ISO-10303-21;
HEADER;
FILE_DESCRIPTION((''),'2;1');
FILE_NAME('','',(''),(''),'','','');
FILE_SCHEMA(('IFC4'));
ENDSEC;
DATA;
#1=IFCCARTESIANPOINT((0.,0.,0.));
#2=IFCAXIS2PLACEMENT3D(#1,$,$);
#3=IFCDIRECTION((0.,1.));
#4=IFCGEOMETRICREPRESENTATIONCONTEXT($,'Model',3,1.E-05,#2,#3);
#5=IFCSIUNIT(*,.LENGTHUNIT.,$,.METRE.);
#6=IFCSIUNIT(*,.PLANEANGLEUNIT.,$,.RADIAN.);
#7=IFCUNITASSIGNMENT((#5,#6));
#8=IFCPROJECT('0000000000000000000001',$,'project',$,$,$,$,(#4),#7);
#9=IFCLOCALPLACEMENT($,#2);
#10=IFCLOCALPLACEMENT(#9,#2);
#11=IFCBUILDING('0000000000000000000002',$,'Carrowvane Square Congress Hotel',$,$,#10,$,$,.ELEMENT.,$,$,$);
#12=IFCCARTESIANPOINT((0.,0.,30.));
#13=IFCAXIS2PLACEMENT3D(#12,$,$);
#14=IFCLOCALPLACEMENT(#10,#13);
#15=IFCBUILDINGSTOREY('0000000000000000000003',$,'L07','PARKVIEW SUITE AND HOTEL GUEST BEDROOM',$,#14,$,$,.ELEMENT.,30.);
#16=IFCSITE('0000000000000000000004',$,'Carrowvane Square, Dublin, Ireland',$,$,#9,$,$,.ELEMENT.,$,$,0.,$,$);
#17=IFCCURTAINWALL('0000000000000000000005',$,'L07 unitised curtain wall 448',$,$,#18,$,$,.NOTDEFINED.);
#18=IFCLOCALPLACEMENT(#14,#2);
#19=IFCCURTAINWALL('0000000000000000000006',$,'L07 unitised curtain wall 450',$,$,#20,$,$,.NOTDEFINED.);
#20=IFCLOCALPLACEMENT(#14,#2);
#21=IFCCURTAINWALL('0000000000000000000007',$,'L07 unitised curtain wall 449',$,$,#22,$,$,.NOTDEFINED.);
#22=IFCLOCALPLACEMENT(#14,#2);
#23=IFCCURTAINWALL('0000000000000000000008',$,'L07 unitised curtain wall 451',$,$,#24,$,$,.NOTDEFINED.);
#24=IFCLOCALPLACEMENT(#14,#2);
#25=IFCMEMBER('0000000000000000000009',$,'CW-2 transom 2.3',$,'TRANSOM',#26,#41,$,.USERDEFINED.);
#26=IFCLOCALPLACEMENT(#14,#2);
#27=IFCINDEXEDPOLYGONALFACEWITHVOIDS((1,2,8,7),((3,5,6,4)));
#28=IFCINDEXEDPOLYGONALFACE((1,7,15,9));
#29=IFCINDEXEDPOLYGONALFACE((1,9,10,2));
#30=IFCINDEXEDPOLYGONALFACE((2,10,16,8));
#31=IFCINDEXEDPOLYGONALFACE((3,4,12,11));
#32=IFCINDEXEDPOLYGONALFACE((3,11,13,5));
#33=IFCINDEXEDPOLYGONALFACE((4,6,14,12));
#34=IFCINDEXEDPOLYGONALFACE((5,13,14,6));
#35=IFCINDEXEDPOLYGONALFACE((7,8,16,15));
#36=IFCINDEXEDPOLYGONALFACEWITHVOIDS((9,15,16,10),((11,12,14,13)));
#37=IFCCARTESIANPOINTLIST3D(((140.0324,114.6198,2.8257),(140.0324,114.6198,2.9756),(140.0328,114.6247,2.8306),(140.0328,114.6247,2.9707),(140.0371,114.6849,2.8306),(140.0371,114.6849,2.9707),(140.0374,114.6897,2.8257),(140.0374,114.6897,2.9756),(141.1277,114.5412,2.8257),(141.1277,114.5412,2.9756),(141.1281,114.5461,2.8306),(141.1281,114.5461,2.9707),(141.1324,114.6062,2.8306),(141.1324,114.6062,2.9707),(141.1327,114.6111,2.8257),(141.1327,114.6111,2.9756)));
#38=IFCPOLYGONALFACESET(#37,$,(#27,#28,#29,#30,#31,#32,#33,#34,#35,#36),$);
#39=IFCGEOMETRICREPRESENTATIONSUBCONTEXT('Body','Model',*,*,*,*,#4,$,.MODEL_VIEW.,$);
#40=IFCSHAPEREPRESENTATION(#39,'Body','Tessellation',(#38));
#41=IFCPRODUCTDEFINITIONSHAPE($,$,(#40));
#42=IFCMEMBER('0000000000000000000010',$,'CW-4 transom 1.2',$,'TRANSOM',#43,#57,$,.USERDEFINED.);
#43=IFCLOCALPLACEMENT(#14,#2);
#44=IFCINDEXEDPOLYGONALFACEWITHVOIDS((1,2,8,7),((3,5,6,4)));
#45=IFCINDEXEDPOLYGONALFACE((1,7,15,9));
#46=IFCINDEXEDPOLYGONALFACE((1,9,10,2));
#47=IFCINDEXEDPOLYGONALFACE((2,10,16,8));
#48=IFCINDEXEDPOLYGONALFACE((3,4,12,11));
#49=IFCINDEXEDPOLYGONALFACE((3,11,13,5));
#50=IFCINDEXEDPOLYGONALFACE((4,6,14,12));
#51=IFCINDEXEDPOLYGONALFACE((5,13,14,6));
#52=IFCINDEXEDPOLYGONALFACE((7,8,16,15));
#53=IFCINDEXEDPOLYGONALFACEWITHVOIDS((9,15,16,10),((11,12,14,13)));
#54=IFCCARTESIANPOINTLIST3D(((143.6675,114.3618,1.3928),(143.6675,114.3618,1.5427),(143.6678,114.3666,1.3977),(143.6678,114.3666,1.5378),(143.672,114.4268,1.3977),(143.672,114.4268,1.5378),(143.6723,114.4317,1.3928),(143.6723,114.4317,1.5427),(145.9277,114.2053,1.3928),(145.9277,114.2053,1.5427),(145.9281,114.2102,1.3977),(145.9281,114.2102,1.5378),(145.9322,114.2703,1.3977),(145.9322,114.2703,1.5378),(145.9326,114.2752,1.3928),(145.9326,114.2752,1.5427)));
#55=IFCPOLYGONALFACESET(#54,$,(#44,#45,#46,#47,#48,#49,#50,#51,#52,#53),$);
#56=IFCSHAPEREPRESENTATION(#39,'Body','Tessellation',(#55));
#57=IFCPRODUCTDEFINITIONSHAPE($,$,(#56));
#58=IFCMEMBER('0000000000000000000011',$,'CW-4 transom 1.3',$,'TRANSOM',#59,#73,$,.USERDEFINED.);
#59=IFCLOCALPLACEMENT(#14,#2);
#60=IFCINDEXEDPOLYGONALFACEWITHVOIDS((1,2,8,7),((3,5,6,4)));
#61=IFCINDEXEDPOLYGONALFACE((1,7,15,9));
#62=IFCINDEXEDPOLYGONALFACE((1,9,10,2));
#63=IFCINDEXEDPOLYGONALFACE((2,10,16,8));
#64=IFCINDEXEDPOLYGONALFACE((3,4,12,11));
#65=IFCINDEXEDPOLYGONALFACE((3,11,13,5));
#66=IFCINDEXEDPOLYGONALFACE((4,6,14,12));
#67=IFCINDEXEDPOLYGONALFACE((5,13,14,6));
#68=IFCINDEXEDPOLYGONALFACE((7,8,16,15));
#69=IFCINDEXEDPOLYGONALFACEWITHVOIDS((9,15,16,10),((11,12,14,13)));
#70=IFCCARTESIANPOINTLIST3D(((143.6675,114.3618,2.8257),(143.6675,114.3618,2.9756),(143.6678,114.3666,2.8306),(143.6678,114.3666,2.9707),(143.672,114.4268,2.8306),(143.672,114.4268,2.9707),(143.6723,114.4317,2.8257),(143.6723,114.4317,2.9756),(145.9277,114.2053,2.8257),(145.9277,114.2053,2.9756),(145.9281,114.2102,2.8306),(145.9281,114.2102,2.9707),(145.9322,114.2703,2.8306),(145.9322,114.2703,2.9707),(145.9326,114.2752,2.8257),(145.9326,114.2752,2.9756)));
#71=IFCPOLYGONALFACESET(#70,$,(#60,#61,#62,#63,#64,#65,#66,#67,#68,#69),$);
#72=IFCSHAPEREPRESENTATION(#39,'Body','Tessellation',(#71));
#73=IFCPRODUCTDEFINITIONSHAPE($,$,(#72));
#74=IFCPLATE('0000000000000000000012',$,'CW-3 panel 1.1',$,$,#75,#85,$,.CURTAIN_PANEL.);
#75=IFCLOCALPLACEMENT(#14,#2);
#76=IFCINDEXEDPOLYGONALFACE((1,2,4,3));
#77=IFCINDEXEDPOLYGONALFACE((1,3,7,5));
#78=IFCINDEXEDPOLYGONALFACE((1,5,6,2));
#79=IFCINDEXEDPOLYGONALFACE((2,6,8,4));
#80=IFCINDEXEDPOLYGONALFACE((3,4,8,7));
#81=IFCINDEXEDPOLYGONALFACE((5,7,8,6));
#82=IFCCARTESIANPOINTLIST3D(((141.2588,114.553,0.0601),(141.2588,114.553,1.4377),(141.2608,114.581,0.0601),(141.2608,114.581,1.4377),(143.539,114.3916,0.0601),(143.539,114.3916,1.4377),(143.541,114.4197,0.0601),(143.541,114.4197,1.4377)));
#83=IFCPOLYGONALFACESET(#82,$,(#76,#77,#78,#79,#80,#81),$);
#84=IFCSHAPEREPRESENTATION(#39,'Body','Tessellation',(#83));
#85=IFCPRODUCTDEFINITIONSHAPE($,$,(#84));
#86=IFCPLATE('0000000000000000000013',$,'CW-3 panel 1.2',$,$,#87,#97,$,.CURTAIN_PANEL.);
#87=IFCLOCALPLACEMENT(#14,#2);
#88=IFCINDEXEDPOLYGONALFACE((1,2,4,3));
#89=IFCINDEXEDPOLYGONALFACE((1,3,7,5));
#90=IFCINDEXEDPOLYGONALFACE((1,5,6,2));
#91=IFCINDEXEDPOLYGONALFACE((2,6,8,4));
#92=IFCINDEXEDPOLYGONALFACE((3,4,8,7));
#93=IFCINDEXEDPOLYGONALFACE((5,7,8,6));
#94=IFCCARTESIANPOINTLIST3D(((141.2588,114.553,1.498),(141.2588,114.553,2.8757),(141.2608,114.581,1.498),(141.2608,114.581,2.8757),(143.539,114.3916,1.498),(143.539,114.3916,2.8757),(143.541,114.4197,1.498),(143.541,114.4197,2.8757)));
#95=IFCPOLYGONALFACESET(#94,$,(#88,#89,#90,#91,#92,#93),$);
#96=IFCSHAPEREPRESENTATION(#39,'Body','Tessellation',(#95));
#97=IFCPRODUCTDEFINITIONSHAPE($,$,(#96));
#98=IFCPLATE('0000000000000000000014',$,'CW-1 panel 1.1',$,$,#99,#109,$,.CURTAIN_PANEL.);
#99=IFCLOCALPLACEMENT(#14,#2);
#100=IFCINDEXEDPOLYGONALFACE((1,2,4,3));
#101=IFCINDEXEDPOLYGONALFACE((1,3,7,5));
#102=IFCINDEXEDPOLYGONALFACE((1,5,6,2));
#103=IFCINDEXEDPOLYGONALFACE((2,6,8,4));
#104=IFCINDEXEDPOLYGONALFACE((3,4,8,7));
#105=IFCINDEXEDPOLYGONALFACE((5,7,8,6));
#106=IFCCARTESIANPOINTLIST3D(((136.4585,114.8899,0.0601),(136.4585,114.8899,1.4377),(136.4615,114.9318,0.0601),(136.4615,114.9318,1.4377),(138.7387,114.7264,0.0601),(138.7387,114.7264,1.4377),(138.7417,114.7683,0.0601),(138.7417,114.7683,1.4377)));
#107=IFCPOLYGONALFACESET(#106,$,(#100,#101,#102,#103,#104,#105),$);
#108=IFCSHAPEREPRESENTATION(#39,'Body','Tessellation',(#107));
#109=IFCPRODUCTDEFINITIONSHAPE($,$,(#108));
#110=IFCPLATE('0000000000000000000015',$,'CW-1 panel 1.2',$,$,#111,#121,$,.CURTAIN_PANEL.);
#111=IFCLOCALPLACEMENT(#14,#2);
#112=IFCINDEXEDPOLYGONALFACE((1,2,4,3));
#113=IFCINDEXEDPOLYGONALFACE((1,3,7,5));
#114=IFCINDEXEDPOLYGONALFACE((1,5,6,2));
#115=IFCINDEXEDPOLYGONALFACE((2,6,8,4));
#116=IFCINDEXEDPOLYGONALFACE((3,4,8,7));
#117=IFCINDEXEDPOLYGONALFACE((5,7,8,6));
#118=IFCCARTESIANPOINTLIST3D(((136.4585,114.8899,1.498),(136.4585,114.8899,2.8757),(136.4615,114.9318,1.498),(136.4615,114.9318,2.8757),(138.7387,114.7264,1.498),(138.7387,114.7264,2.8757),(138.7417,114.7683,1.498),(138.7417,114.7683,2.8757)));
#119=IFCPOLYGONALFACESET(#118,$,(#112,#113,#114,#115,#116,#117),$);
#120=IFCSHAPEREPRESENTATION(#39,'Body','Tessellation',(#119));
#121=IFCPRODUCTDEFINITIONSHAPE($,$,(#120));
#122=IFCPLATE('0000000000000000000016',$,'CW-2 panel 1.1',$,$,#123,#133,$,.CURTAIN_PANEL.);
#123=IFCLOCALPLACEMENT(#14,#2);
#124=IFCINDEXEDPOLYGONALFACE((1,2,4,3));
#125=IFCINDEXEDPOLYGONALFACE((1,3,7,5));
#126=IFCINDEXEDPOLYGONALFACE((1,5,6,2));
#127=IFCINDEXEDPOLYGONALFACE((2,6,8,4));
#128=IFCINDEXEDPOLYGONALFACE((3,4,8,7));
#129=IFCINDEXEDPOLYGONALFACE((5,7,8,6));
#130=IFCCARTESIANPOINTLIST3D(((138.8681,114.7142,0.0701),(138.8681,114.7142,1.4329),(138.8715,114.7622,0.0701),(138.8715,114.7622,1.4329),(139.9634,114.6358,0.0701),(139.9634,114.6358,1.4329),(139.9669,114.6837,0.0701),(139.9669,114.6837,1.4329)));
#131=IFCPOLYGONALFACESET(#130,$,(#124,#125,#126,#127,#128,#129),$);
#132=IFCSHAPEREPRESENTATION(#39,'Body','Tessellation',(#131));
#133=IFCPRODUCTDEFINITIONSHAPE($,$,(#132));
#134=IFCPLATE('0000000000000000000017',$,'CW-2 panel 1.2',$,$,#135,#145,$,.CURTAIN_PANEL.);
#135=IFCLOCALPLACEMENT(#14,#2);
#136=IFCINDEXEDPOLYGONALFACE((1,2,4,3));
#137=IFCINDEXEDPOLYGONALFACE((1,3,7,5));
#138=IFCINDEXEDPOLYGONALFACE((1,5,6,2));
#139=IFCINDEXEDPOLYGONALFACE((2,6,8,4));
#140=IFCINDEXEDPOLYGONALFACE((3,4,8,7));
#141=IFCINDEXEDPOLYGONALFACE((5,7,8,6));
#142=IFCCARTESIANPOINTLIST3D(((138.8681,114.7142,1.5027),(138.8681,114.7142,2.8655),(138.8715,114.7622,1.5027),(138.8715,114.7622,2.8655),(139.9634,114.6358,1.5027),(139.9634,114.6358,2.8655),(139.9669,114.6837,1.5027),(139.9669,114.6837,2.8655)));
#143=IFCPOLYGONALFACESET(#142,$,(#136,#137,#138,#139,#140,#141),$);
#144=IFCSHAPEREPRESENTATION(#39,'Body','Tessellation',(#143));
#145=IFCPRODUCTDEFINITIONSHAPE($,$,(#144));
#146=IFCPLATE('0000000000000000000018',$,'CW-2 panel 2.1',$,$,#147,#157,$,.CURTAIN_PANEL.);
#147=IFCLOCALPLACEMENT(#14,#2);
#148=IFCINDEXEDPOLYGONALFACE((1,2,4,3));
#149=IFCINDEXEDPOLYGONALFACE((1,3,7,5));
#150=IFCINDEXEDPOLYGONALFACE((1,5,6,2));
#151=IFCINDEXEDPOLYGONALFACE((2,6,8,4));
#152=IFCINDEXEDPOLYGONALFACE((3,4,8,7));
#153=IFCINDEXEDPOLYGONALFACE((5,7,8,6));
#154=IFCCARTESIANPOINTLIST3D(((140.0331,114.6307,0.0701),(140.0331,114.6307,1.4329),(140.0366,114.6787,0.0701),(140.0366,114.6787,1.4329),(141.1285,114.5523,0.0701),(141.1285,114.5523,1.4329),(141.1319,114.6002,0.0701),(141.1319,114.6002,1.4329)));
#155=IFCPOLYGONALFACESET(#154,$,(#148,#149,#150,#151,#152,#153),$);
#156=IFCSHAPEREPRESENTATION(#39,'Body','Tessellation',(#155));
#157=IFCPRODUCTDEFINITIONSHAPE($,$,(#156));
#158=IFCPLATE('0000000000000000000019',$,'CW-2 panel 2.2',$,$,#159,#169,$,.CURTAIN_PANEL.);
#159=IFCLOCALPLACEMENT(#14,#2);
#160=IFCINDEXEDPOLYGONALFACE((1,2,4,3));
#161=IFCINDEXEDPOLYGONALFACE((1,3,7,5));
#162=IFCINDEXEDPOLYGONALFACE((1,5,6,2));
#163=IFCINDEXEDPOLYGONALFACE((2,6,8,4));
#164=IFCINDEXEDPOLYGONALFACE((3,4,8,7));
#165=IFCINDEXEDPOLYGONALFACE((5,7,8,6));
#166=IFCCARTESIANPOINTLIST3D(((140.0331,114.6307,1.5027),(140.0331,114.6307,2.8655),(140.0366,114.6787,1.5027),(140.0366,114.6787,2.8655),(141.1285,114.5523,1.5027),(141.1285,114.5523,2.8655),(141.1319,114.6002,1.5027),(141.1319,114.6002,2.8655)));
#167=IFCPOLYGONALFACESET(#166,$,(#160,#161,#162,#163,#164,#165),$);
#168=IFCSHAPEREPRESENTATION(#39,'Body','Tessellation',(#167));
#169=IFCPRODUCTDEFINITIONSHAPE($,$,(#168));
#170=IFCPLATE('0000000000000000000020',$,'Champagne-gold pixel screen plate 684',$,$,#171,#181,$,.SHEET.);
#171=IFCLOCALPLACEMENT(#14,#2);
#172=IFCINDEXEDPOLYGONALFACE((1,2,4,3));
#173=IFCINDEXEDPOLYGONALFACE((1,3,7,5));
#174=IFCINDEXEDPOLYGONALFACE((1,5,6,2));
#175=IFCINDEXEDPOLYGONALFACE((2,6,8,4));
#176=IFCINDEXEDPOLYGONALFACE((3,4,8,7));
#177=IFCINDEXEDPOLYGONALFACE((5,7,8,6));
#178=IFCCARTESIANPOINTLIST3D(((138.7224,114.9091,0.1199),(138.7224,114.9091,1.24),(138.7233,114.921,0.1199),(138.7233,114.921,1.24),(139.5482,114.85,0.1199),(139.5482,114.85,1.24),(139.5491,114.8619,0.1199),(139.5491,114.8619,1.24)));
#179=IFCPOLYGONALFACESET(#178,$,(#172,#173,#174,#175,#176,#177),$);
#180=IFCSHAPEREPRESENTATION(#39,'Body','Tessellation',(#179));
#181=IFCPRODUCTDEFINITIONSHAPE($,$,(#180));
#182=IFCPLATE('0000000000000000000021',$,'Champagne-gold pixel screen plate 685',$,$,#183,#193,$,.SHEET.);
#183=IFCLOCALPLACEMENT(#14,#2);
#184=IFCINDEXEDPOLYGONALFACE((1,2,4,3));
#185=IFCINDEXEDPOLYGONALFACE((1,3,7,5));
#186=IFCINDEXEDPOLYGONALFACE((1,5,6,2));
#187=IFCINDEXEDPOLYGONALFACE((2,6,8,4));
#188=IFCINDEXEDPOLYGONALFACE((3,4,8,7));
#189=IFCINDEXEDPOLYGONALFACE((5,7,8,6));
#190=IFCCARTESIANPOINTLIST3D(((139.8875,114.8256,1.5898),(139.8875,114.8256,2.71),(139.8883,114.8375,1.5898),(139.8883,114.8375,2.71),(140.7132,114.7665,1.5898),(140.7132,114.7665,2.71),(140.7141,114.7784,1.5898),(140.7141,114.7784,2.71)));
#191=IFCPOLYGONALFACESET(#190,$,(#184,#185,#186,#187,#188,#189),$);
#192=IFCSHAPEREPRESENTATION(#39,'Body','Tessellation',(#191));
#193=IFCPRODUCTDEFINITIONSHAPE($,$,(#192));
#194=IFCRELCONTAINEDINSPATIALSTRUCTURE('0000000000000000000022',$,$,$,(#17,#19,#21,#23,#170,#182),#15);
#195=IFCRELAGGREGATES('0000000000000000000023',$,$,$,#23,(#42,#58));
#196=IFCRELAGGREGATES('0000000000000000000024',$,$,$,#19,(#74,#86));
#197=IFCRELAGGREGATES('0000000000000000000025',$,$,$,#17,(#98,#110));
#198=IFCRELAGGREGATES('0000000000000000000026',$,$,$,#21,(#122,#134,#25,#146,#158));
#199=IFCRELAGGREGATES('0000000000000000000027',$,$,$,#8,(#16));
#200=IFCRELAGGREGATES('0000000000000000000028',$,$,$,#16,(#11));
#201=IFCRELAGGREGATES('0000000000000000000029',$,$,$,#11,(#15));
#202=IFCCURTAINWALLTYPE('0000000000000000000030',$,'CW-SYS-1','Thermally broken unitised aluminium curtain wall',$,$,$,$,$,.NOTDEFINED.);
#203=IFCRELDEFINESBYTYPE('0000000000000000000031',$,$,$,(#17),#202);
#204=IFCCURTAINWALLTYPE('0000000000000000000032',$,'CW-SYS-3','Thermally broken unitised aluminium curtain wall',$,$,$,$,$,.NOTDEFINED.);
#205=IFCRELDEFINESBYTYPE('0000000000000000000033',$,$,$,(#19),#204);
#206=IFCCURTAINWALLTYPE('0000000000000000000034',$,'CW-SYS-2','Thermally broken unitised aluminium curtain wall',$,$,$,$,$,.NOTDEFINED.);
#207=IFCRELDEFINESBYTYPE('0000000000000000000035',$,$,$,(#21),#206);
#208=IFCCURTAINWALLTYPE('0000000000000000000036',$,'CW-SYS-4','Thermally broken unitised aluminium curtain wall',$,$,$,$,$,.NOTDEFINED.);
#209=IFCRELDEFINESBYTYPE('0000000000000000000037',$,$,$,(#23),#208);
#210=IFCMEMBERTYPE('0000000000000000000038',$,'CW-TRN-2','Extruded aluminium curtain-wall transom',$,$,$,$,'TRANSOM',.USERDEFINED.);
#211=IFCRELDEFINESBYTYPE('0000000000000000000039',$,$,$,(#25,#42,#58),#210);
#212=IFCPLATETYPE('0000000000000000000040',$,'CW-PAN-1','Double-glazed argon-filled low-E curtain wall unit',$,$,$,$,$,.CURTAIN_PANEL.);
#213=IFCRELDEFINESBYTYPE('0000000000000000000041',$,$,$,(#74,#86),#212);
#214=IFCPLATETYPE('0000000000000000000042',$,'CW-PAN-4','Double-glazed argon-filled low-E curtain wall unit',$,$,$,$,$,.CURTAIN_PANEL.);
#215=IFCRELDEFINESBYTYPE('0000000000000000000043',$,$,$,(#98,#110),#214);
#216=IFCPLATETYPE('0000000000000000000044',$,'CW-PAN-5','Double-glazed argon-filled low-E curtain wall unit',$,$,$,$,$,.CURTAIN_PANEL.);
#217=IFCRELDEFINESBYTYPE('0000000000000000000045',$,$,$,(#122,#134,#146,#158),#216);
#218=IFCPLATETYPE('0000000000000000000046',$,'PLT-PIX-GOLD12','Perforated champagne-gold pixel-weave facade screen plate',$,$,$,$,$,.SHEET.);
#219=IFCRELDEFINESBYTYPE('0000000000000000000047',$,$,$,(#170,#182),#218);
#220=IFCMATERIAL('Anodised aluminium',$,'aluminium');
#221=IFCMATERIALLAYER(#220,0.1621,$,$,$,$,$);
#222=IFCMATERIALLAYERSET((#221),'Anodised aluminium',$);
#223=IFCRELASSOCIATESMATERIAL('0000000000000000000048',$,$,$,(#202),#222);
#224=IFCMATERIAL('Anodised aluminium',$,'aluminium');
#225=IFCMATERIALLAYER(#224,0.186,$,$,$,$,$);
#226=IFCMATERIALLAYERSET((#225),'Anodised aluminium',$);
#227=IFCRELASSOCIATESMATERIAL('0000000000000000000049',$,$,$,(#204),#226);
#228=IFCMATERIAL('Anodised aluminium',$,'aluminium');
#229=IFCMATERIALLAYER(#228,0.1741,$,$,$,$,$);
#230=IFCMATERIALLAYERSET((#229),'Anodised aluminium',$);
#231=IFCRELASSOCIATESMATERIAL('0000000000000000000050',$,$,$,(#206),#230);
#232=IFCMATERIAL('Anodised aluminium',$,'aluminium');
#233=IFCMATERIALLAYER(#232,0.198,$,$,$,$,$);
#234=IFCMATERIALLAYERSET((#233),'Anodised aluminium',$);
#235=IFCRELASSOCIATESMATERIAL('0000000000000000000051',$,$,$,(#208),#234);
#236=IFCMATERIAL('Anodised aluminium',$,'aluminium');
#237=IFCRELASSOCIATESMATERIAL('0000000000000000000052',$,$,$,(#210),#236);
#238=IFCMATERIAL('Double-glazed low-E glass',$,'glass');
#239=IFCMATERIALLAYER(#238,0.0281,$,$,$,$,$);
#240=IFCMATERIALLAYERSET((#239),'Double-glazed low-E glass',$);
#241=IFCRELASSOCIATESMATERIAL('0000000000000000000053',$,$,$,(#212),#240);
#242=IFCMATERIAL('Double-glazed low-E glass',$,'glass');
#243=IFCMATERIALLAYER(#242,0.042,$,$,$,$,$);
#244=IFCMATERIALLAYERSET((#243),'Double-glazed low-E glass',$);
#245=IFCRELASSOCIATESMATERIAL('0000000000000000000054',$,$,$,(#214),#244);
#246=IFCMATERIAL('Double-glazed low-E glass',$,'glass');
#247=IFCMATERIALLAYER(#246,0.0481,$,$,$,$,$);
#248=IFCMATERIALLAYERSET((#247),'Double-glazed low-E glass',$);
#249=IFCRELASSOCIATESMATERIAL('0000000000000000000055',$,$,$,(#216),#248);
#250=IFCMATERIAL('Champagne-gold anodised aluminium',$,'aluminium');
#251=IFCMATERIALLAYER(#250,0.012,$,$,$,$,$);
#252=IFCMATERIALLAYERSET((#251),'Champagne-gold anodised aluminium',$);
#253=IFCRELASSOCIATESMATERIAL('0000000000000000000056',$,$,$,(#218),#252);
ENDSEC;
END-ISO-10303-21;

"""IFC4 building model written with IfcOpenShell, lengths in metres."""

from ifc_helpers import new_model, si_unit, direction, frame, origin, origin_2d, place, context, subcontext, project, spatial, rectangle, hollow_rectangle, extrude, material, layer, layer_set, material_profile, profile_set, type_object, element, aggregate, save


model = new_model("IFC4")

# Units and contexts
model_context = context("Model", 3, precision=1e-05, world=origin(), true_north=direction((0.0, 1.0)))
body_context = subcontext(model_context, "Body", "Model", "MODEL_VIEW")
ifc_project = project(units=[si_unit("LENGTHUNIT", "METRE"), si_unit("PLANEANGLEUNIT", "RADIAN")], contexts=[model_context])

# Site, building, storey
site_placement = place(None, origin())
site = spatial("IfcSite", under=ifc_project, at=site_placement, Name="Carrowvane Square, Dublin, Ireland", CompositionType="ELEMENT", RefElevation=0.0)
building_placement = place(site_placement, origin())
building = spatial("IfcBuilding", under=site, at=building_placement, Name="Carrowvane Square Congress Hotel", CompositionType="ELEMENT")
storey_placement = place(building_placement, frame((0.0, 0.0, 30.0)))
storey = spatial("IfcBuildingStorey", under=building, at=storey_placement, Name="L07", Description="PARKVIEW SUITE AND HOTEL GUEST BEDROOM", CompositionType="ELEMENT", Elevation=30.0)

# Curtain walls
ifc_material_1 = material(Name="Anodised aluminium", Category="aluminium")
ifc_layer_1 = layer(ifc_material_1, 0.1621)
ifc_layer_set_1 = layer_set([ifc_layer_1], Name="Anodised aluminium")
curtain_wall_type_1 = type_object("IfcCurtainWallType", Name="CW-SYS-1", Description="Thermally broken unitised aluminium curtain wall", PredefinedType="NOTDEFINED", material=ifc_layer_set_1)
curtain_wall_1_placement = place(storey_placement, origin())
curtain_wall_1 = element("IfcCurtainWall", 1, at=curtain_wall_1_placement, inside=storey, type_object=curtain_wall_type_1, Name="L07 unitised curtain wall 448", PredefinedType="NOTDEFINED")
ifc_material_2 = material(Name="Anodised aluminium", Category="aluminium")
ifc_layer_2 = layer(ifc_material_2, 0.186)
ifc_layer_set_2 = layer_set([ifc_layer_2], Name="Anodised aluminium")
curtain_wall_type_2 = type_object("IfcCurtainWallType", Name="CW-SYS-3", Description="Thermally broken unitised aluminium curtain wall", PredefinedType="NOTDEFINED", material=ifc_layer_set_2)
curtain_wall_2_placement = place(storey_placement, origin())
curtain_wall_2 = element("IfcCurtainWall", 2, at=curtain_wall_2_placement, inside=storey, type_object=curtain_wall_type_2, Name="L07 unitised curtain wall 450", PredefinedType="NOTDEFINED")

# Curtain wall
ifc_material_3 = material(Name="Anodised aluminium", Category="aluminium")
ifc_layer_3 = layer(ifc_material_3, 0.1741)
ifc_layer_set_3 = layer_set([ifc_layer_3], Name="Anodised aluminium")
curtain_wall_type_3 = type_object("IfcCurtainWallType", Name="CW-SYS-2", Description="Thermally broken unitised aluminium curtain wall", PredefinedType="NOTDEFINED", material=ifc_layer_set_3)
curtain_wall_3_placement = place(storey_placement, origin())
curtain_wall_3 = element("IfcCurtainWall", 3, at=curtain_wall_3_placement, inside=storey, type_object=curtain_wall_type_3, Name="L07 unitised curtain wall 449", PredefinedType="NOTDEFINED")

# Curtain wall
ifc_material_4 = material(Name="Anodised aluminium", Category="aluminium")
ifc_layer_4 = layer(ifc_material_4, 0.198)
ifc_layer_set_4 = layer_set([ifc_layer_4], Name="Anodised aluminium")
curtain_wall_type_4 = type_object("IfcCurtainWallType", Name="CW-SYS-4", Description="Thermally broken unitised aluminium curtain wall", PredefinedType="NOTDEFINED", material=ifc_layer_set_4)
curtain_wall_4_placement = place(storey_placement, origin())
curtain_wall_4 = element("IfcCurtainWall", 4, at=curtain_wall_4_placement, inside=storey, type_object=curtain_wall_type_4, Name="L07 unitised curtain wall 451", PredefinedType="NOTDEFINED")

# Members
ifc_material_5 = material(Name="Anodised aluminium", Category="aluminium")
ifc_material_profile_1 = material_profile(ifc_material_5, hollow_rectangle(XDim=0.0701, YDim=0.1499, WallThickness=0.0049, at=origin_2d()), Name="CW-TR 70x150x5")
ifc_profile_set_1 = profile_set([ifc_material_profile_1], Name="Anodised aluminium")
member_type_1 = type_object("IfcMemberType", Name="CW-TRN-2", Description="Extruded aluminium curtain-wall transom", ElementType="TRANSOM", PredefinedType="USERDEFINED", material=ifc_profile_set_1)
member_1_placement = place(storey_placement, frame((140.0349, 114.6548, 2.9006), z_axis=(0.997434, -0.071595, 0.0), x_axis=(0.071595, 0.997434, 0.0)))
member_1 = element("IfcMember", 5, at=member_1_placement, type_object=member_type_1, Name="CW-2 transom 2.3", ObjectType="TRANSOM", PredefinedType="USERDEFINED", context=body_context, shape_type="SweptSolid", body=[
    extrude(hollow_rectangle(XDim=0.0701, YDim=0.1499, WallThickness=0.0049, at=origin_2d()), origin(), (0.0, 0.0, 1.0), 1.0981),
])
member_2_placement = place(storey_placement, frame((143.6699, 114.3967, 1.4678), z_axis=(0.997612, -0.069072, 0.0), x_axis=(0.069072, 0.997612, 0.0)))
member_2 = element("IfcMember", 6, at=member_2_placement, type_object=member_type_1, Name="CW-4 transom 1.2", ObjectType="TRANSOM", PredefinedType="USERDEFINED", context=body_context, shape_type="SweptSolid", body=[
    extrude(hollow_rectangle(XDim=0.0701, YDim=0.1499, WallThickness=0.0049, at=origin_2d()), origin(), (0.0, 0.0, 1.0), 2.2656),
])
member_3_placement = place(storey_placement, frame((143.6699, 114.3967, 2.9006), z_axis=(0.997612, -0.069072, 0.0), x_axis=(0.069072, 0.997612, 0.0)))
member_3 = element("IfcMember", 7, at=member_3_placement, type_object=member_type_1, Name="CW-4 transom 1.3", ObjectType="TRANSOM", PredefinedType="USERDEFINED", context=body_context, shape_type="SweptSolid", body=[
    extrude(hollow_rectangle(XDim=0.0701, YDim=0.1499, WallThickness=0.0049, at=origin_2d()), origin(), (0.0, 0.0, 1.0), 2.2656),
])
aggregate(curtain_wall_4, [member_2, member_3])

# Plates
ifc_material_6 = material(Name="Double-glazed low-E glass", Category="glass")
ifc_layer_5 = layer(ifc_material_6, 0.0281)
ifc_layer_set_5 = layer_set([ifc_layer_5], Name="Double-glazed low-E glass")
plate_type_1 = type_object("IfcPlateType", Name="CW-PAN-1", Description="Double-glazed argon-filled low-E curtain wall unit", PredefinedType="CURTAIN_PANEL", material=ifc_layer_set_5)
plate_1_placement = place(storey_placement, frame((142.3999, 114.4863, 0.0601), z_axis=(0.0, 0.0, 1.0), x_axis=(0.997506, -0.070586, 0.0)))
plate_1 = element("IfcPlate", 8, at=plate_1_placement, type_object=plate_type_1, Name="CW-3 panel 1.1", PredefinedType="CURTAIN_PANEL", context=body_context, shape_type="SweptSolid", body=[
    extrude(rectangle(XDim=2.2859, YDim=0.0281, at=origin_2d()), origin(), (0.0, 0.0, 1.0), 1.3777),
])
plate_2_placement = place(storey_placement, frame((142.3999, 114.4863, 1.498), z_axis=(0.0, 0.0, 1.0), x_axis=(0.997506, -0.070586, 0.0)))
plate_2 = element("IfcPlate", 9, at=plate_2_placement, type_object=plate_type_1, Name="CW-3 panel 1.2", PredefinedType="CURTAIN_PANEL", context=body_context, shape_type="SweptSolid", body=[
    extrude(rectangle(XDim=2.2859, YDim=0.0281, at=origin_2d()), origin(), (0.0, 0.0, 1.0), 1.3777),
])
aggregate(curtain_wall_2, [plate_1, plate_2])
ifc_material_7 = material(Name="Double-glazed low-E glass", Category="glass")
ifc_layer_6 = layer(ifc_material_7, 0.042)
ifc_layer_set_6 = layer_set([ifc_layer_6], Name="Double-glazed low-E glass")
plate_type_2 = type_object("IfcPlateType", Name="CW-PAN-4", Description="Double-glazed argon-filled low-E curtain wall unit", PredefinedType="CURTAIN_PANEL", material=ifc_layer_set_6)
plate_3_placement = place(storey_placement, frame((137.6001, 114.8291, 0.0601), z_axis=(0.0, 0.0, 1.0), x_axis=(0.997438, -0.071532, 0.0)))
plate_3 = element("IfcPlate", 10, at=plate_3_placement, type_object=plate_type_2, Name="CW-1 panel 1.1", PredefinedType="CURTAIN_PANEL", context=body_context, shape_type="SweptSolid", body=[
    extrude(rectangle(XDim=2.2861, YDim=0.042, at=origin_2d()), origin(), (0.0, 0.0, 1.0), 1.3777),
])
plate_4_placement = place(storey_placement, frame((137.6001, 114.8291, 1.498), z_axis=(0.0, 0.0, 1.0), x_axis=(0.997438, -0.071532, 0.0)))
plate_4 = element("IfcPlate", 11, at=plate_4_placement, type_object=plate_type_2, Name="CW-1 panel 1.2", PredefinedType="CURTAIN_PANEL", context=body_context, shape_type="SweptSolid", body=[
    extrude(rectangle(XDim=2.2861, YDim=0.042, at=origin_2d()), origin(), (0.0, 0.0, 1.0), 1.3777),
])
aggregate(curtain_wall_1, [plate_3, plate_4])
ifc_material_8 = material(Name="Double-glazed low-E glass", Category="glass")
ifc_layer_7 = layer(ifc_material_8, 0.0481)
ifc_layer_set_7 = layer_set([ifc_layer_7], Name="Double-glazed low-E glass")
plate_type_3 = type_object("IfcPlateType", Name="CW-PAN-5", Description="Double-glazed argon-filled low-E curtain wall unit", PredefinedType="CURTAIN_PANEL", material=ifc_layer_set_7)
plate_5_placement = place(storey_placement, frame((139.4175, 114.699, 0.0701), z_axis=(0.0, 0.0, 1.0), x_axis=(0.997446, -0.071422, 0.0)))
plate_5 = element("IfcPlate", 12, at=plate_5_placement, type_object=plate_type_3, Name="CW-2 panel 1.1", PredefinedType="CURTAIN_PANEL", context=body_context, shape_type="SweptSolid", body=[
    extrude(rectangle(XDim=1.0981, YDim=0.0481, at=origin_2d()), origin(), (0.0, 0.0, 1.0), 1.3628),
])
plate_6_placement = place(storey_placement, frame((139.4175, 114.699, 1.5027), z_axis=(0.0, 0.0, 1.0), x_axis=(0.997446, -0.071422, 0.0)))
plate_6 = element("IfcPlate", 13, at=plate_6_placement, type_object=plate_type_3, Name="CW-2 panel 1.2", PredefinedType="CURTAIN_PANEL", context=body_context, shape_type="SweptSolid", body=[
    extrude(rectangle(XDim=1.0981, YDim=0.0481, at=origin_2d()), origin(), (0.0, 0.0, 1.0), 1.3628),
])
plate_7_placement = place(storey_placement, frame((140.5825, 114.6155, 0.0701), z_axis=(0.0, 0.0, 1.0), x_axis=(0.997446, -0.071422, 0.0)))
plate_7 = element("IfcPlate", 14, at=plate_7_placement, type_object=plate_type_3, Name="CW-2 panel 2.1", PredefinedType="CURTAIN_PANEL", context=body_context, shape_type="SweptSolid", body=[
    extrude(rectangle(XDim=1.0981, YDim=0.0481, at=origin_2d()), origin(), (0.0, 0.0, 1.0), 1.3628),
])
plate_8_placement = place(storey_placement, frame((140.5825, 114.6155, 1.5027), z_axis=(0.0, 0.0, 1.0), x_axis=(0.997446, -0.071422, 0.0)))
plate_8 = element("IfcPlate", 15, at=plate_8_placement, type_object=plate_type_3, Name="CW-2 panel 2.2", PredefinedType="CURTAIN_PANEL", context=body_context, shape_type="SweptSolid", body=[
    extrude(rectangle(XDim=1.0981, YDim=0.0481, at=origin_2d()), origin(), (0.0, 0.0, 1.0), 1.3628),
])
aggregate(curtain_wall_3, [plate_5, plate_6, member_1, plate_7, plate_8])

# Plates
ifc_material_9 = material(Name="Champagne-gold anodised aluminium", Category="aluminium")
ifc_layer_8 = layer(ifc_material_9, 0.012)
ifc_layer_set_8 = layer_set([ifc_layer_8], Name="Champagne-gold anodised aluminium")
plate_type_4 = type_object("IfcPlateType", Name="PLT-PIX-GOLD12", Description="Perforated champagne-gold pixel-weave facade screen plate", PredefinedType="SHEET", material=ifc_layer_set_8)
for number, where, z_axis, x_axis, name in (
    (16, (139.1357, 114.8855, 0.1199), (0.0, 0.0, 1.0), (0.997446, -0.07142, 0.0), "Champagne-gold pixel screen plate 684"),
    (17, (140.3008, 114.802, 1.5898), (0.0, 0.0, 1.0), (0.997446, -0.07142, 0.0), "Champagne-gold pixel screen plate 685"),
):
    element("IfcPlate", number, at=place(storey_placement, frame(where, z_axis=z_axis, x_axis=x_axis)), inside=storey, type_object=plate_type_4, Name=name, PredefinedType="SHEET", context=body_context, shape_type="SweptSolid", body=[
        extrude(rectangle(XDim=0.8279, YDim=0.012, at=origin_2d()), origin(), (0.0, 0.0, 1.0), 1.1201),
    ])

save(model, "model.ifc")
